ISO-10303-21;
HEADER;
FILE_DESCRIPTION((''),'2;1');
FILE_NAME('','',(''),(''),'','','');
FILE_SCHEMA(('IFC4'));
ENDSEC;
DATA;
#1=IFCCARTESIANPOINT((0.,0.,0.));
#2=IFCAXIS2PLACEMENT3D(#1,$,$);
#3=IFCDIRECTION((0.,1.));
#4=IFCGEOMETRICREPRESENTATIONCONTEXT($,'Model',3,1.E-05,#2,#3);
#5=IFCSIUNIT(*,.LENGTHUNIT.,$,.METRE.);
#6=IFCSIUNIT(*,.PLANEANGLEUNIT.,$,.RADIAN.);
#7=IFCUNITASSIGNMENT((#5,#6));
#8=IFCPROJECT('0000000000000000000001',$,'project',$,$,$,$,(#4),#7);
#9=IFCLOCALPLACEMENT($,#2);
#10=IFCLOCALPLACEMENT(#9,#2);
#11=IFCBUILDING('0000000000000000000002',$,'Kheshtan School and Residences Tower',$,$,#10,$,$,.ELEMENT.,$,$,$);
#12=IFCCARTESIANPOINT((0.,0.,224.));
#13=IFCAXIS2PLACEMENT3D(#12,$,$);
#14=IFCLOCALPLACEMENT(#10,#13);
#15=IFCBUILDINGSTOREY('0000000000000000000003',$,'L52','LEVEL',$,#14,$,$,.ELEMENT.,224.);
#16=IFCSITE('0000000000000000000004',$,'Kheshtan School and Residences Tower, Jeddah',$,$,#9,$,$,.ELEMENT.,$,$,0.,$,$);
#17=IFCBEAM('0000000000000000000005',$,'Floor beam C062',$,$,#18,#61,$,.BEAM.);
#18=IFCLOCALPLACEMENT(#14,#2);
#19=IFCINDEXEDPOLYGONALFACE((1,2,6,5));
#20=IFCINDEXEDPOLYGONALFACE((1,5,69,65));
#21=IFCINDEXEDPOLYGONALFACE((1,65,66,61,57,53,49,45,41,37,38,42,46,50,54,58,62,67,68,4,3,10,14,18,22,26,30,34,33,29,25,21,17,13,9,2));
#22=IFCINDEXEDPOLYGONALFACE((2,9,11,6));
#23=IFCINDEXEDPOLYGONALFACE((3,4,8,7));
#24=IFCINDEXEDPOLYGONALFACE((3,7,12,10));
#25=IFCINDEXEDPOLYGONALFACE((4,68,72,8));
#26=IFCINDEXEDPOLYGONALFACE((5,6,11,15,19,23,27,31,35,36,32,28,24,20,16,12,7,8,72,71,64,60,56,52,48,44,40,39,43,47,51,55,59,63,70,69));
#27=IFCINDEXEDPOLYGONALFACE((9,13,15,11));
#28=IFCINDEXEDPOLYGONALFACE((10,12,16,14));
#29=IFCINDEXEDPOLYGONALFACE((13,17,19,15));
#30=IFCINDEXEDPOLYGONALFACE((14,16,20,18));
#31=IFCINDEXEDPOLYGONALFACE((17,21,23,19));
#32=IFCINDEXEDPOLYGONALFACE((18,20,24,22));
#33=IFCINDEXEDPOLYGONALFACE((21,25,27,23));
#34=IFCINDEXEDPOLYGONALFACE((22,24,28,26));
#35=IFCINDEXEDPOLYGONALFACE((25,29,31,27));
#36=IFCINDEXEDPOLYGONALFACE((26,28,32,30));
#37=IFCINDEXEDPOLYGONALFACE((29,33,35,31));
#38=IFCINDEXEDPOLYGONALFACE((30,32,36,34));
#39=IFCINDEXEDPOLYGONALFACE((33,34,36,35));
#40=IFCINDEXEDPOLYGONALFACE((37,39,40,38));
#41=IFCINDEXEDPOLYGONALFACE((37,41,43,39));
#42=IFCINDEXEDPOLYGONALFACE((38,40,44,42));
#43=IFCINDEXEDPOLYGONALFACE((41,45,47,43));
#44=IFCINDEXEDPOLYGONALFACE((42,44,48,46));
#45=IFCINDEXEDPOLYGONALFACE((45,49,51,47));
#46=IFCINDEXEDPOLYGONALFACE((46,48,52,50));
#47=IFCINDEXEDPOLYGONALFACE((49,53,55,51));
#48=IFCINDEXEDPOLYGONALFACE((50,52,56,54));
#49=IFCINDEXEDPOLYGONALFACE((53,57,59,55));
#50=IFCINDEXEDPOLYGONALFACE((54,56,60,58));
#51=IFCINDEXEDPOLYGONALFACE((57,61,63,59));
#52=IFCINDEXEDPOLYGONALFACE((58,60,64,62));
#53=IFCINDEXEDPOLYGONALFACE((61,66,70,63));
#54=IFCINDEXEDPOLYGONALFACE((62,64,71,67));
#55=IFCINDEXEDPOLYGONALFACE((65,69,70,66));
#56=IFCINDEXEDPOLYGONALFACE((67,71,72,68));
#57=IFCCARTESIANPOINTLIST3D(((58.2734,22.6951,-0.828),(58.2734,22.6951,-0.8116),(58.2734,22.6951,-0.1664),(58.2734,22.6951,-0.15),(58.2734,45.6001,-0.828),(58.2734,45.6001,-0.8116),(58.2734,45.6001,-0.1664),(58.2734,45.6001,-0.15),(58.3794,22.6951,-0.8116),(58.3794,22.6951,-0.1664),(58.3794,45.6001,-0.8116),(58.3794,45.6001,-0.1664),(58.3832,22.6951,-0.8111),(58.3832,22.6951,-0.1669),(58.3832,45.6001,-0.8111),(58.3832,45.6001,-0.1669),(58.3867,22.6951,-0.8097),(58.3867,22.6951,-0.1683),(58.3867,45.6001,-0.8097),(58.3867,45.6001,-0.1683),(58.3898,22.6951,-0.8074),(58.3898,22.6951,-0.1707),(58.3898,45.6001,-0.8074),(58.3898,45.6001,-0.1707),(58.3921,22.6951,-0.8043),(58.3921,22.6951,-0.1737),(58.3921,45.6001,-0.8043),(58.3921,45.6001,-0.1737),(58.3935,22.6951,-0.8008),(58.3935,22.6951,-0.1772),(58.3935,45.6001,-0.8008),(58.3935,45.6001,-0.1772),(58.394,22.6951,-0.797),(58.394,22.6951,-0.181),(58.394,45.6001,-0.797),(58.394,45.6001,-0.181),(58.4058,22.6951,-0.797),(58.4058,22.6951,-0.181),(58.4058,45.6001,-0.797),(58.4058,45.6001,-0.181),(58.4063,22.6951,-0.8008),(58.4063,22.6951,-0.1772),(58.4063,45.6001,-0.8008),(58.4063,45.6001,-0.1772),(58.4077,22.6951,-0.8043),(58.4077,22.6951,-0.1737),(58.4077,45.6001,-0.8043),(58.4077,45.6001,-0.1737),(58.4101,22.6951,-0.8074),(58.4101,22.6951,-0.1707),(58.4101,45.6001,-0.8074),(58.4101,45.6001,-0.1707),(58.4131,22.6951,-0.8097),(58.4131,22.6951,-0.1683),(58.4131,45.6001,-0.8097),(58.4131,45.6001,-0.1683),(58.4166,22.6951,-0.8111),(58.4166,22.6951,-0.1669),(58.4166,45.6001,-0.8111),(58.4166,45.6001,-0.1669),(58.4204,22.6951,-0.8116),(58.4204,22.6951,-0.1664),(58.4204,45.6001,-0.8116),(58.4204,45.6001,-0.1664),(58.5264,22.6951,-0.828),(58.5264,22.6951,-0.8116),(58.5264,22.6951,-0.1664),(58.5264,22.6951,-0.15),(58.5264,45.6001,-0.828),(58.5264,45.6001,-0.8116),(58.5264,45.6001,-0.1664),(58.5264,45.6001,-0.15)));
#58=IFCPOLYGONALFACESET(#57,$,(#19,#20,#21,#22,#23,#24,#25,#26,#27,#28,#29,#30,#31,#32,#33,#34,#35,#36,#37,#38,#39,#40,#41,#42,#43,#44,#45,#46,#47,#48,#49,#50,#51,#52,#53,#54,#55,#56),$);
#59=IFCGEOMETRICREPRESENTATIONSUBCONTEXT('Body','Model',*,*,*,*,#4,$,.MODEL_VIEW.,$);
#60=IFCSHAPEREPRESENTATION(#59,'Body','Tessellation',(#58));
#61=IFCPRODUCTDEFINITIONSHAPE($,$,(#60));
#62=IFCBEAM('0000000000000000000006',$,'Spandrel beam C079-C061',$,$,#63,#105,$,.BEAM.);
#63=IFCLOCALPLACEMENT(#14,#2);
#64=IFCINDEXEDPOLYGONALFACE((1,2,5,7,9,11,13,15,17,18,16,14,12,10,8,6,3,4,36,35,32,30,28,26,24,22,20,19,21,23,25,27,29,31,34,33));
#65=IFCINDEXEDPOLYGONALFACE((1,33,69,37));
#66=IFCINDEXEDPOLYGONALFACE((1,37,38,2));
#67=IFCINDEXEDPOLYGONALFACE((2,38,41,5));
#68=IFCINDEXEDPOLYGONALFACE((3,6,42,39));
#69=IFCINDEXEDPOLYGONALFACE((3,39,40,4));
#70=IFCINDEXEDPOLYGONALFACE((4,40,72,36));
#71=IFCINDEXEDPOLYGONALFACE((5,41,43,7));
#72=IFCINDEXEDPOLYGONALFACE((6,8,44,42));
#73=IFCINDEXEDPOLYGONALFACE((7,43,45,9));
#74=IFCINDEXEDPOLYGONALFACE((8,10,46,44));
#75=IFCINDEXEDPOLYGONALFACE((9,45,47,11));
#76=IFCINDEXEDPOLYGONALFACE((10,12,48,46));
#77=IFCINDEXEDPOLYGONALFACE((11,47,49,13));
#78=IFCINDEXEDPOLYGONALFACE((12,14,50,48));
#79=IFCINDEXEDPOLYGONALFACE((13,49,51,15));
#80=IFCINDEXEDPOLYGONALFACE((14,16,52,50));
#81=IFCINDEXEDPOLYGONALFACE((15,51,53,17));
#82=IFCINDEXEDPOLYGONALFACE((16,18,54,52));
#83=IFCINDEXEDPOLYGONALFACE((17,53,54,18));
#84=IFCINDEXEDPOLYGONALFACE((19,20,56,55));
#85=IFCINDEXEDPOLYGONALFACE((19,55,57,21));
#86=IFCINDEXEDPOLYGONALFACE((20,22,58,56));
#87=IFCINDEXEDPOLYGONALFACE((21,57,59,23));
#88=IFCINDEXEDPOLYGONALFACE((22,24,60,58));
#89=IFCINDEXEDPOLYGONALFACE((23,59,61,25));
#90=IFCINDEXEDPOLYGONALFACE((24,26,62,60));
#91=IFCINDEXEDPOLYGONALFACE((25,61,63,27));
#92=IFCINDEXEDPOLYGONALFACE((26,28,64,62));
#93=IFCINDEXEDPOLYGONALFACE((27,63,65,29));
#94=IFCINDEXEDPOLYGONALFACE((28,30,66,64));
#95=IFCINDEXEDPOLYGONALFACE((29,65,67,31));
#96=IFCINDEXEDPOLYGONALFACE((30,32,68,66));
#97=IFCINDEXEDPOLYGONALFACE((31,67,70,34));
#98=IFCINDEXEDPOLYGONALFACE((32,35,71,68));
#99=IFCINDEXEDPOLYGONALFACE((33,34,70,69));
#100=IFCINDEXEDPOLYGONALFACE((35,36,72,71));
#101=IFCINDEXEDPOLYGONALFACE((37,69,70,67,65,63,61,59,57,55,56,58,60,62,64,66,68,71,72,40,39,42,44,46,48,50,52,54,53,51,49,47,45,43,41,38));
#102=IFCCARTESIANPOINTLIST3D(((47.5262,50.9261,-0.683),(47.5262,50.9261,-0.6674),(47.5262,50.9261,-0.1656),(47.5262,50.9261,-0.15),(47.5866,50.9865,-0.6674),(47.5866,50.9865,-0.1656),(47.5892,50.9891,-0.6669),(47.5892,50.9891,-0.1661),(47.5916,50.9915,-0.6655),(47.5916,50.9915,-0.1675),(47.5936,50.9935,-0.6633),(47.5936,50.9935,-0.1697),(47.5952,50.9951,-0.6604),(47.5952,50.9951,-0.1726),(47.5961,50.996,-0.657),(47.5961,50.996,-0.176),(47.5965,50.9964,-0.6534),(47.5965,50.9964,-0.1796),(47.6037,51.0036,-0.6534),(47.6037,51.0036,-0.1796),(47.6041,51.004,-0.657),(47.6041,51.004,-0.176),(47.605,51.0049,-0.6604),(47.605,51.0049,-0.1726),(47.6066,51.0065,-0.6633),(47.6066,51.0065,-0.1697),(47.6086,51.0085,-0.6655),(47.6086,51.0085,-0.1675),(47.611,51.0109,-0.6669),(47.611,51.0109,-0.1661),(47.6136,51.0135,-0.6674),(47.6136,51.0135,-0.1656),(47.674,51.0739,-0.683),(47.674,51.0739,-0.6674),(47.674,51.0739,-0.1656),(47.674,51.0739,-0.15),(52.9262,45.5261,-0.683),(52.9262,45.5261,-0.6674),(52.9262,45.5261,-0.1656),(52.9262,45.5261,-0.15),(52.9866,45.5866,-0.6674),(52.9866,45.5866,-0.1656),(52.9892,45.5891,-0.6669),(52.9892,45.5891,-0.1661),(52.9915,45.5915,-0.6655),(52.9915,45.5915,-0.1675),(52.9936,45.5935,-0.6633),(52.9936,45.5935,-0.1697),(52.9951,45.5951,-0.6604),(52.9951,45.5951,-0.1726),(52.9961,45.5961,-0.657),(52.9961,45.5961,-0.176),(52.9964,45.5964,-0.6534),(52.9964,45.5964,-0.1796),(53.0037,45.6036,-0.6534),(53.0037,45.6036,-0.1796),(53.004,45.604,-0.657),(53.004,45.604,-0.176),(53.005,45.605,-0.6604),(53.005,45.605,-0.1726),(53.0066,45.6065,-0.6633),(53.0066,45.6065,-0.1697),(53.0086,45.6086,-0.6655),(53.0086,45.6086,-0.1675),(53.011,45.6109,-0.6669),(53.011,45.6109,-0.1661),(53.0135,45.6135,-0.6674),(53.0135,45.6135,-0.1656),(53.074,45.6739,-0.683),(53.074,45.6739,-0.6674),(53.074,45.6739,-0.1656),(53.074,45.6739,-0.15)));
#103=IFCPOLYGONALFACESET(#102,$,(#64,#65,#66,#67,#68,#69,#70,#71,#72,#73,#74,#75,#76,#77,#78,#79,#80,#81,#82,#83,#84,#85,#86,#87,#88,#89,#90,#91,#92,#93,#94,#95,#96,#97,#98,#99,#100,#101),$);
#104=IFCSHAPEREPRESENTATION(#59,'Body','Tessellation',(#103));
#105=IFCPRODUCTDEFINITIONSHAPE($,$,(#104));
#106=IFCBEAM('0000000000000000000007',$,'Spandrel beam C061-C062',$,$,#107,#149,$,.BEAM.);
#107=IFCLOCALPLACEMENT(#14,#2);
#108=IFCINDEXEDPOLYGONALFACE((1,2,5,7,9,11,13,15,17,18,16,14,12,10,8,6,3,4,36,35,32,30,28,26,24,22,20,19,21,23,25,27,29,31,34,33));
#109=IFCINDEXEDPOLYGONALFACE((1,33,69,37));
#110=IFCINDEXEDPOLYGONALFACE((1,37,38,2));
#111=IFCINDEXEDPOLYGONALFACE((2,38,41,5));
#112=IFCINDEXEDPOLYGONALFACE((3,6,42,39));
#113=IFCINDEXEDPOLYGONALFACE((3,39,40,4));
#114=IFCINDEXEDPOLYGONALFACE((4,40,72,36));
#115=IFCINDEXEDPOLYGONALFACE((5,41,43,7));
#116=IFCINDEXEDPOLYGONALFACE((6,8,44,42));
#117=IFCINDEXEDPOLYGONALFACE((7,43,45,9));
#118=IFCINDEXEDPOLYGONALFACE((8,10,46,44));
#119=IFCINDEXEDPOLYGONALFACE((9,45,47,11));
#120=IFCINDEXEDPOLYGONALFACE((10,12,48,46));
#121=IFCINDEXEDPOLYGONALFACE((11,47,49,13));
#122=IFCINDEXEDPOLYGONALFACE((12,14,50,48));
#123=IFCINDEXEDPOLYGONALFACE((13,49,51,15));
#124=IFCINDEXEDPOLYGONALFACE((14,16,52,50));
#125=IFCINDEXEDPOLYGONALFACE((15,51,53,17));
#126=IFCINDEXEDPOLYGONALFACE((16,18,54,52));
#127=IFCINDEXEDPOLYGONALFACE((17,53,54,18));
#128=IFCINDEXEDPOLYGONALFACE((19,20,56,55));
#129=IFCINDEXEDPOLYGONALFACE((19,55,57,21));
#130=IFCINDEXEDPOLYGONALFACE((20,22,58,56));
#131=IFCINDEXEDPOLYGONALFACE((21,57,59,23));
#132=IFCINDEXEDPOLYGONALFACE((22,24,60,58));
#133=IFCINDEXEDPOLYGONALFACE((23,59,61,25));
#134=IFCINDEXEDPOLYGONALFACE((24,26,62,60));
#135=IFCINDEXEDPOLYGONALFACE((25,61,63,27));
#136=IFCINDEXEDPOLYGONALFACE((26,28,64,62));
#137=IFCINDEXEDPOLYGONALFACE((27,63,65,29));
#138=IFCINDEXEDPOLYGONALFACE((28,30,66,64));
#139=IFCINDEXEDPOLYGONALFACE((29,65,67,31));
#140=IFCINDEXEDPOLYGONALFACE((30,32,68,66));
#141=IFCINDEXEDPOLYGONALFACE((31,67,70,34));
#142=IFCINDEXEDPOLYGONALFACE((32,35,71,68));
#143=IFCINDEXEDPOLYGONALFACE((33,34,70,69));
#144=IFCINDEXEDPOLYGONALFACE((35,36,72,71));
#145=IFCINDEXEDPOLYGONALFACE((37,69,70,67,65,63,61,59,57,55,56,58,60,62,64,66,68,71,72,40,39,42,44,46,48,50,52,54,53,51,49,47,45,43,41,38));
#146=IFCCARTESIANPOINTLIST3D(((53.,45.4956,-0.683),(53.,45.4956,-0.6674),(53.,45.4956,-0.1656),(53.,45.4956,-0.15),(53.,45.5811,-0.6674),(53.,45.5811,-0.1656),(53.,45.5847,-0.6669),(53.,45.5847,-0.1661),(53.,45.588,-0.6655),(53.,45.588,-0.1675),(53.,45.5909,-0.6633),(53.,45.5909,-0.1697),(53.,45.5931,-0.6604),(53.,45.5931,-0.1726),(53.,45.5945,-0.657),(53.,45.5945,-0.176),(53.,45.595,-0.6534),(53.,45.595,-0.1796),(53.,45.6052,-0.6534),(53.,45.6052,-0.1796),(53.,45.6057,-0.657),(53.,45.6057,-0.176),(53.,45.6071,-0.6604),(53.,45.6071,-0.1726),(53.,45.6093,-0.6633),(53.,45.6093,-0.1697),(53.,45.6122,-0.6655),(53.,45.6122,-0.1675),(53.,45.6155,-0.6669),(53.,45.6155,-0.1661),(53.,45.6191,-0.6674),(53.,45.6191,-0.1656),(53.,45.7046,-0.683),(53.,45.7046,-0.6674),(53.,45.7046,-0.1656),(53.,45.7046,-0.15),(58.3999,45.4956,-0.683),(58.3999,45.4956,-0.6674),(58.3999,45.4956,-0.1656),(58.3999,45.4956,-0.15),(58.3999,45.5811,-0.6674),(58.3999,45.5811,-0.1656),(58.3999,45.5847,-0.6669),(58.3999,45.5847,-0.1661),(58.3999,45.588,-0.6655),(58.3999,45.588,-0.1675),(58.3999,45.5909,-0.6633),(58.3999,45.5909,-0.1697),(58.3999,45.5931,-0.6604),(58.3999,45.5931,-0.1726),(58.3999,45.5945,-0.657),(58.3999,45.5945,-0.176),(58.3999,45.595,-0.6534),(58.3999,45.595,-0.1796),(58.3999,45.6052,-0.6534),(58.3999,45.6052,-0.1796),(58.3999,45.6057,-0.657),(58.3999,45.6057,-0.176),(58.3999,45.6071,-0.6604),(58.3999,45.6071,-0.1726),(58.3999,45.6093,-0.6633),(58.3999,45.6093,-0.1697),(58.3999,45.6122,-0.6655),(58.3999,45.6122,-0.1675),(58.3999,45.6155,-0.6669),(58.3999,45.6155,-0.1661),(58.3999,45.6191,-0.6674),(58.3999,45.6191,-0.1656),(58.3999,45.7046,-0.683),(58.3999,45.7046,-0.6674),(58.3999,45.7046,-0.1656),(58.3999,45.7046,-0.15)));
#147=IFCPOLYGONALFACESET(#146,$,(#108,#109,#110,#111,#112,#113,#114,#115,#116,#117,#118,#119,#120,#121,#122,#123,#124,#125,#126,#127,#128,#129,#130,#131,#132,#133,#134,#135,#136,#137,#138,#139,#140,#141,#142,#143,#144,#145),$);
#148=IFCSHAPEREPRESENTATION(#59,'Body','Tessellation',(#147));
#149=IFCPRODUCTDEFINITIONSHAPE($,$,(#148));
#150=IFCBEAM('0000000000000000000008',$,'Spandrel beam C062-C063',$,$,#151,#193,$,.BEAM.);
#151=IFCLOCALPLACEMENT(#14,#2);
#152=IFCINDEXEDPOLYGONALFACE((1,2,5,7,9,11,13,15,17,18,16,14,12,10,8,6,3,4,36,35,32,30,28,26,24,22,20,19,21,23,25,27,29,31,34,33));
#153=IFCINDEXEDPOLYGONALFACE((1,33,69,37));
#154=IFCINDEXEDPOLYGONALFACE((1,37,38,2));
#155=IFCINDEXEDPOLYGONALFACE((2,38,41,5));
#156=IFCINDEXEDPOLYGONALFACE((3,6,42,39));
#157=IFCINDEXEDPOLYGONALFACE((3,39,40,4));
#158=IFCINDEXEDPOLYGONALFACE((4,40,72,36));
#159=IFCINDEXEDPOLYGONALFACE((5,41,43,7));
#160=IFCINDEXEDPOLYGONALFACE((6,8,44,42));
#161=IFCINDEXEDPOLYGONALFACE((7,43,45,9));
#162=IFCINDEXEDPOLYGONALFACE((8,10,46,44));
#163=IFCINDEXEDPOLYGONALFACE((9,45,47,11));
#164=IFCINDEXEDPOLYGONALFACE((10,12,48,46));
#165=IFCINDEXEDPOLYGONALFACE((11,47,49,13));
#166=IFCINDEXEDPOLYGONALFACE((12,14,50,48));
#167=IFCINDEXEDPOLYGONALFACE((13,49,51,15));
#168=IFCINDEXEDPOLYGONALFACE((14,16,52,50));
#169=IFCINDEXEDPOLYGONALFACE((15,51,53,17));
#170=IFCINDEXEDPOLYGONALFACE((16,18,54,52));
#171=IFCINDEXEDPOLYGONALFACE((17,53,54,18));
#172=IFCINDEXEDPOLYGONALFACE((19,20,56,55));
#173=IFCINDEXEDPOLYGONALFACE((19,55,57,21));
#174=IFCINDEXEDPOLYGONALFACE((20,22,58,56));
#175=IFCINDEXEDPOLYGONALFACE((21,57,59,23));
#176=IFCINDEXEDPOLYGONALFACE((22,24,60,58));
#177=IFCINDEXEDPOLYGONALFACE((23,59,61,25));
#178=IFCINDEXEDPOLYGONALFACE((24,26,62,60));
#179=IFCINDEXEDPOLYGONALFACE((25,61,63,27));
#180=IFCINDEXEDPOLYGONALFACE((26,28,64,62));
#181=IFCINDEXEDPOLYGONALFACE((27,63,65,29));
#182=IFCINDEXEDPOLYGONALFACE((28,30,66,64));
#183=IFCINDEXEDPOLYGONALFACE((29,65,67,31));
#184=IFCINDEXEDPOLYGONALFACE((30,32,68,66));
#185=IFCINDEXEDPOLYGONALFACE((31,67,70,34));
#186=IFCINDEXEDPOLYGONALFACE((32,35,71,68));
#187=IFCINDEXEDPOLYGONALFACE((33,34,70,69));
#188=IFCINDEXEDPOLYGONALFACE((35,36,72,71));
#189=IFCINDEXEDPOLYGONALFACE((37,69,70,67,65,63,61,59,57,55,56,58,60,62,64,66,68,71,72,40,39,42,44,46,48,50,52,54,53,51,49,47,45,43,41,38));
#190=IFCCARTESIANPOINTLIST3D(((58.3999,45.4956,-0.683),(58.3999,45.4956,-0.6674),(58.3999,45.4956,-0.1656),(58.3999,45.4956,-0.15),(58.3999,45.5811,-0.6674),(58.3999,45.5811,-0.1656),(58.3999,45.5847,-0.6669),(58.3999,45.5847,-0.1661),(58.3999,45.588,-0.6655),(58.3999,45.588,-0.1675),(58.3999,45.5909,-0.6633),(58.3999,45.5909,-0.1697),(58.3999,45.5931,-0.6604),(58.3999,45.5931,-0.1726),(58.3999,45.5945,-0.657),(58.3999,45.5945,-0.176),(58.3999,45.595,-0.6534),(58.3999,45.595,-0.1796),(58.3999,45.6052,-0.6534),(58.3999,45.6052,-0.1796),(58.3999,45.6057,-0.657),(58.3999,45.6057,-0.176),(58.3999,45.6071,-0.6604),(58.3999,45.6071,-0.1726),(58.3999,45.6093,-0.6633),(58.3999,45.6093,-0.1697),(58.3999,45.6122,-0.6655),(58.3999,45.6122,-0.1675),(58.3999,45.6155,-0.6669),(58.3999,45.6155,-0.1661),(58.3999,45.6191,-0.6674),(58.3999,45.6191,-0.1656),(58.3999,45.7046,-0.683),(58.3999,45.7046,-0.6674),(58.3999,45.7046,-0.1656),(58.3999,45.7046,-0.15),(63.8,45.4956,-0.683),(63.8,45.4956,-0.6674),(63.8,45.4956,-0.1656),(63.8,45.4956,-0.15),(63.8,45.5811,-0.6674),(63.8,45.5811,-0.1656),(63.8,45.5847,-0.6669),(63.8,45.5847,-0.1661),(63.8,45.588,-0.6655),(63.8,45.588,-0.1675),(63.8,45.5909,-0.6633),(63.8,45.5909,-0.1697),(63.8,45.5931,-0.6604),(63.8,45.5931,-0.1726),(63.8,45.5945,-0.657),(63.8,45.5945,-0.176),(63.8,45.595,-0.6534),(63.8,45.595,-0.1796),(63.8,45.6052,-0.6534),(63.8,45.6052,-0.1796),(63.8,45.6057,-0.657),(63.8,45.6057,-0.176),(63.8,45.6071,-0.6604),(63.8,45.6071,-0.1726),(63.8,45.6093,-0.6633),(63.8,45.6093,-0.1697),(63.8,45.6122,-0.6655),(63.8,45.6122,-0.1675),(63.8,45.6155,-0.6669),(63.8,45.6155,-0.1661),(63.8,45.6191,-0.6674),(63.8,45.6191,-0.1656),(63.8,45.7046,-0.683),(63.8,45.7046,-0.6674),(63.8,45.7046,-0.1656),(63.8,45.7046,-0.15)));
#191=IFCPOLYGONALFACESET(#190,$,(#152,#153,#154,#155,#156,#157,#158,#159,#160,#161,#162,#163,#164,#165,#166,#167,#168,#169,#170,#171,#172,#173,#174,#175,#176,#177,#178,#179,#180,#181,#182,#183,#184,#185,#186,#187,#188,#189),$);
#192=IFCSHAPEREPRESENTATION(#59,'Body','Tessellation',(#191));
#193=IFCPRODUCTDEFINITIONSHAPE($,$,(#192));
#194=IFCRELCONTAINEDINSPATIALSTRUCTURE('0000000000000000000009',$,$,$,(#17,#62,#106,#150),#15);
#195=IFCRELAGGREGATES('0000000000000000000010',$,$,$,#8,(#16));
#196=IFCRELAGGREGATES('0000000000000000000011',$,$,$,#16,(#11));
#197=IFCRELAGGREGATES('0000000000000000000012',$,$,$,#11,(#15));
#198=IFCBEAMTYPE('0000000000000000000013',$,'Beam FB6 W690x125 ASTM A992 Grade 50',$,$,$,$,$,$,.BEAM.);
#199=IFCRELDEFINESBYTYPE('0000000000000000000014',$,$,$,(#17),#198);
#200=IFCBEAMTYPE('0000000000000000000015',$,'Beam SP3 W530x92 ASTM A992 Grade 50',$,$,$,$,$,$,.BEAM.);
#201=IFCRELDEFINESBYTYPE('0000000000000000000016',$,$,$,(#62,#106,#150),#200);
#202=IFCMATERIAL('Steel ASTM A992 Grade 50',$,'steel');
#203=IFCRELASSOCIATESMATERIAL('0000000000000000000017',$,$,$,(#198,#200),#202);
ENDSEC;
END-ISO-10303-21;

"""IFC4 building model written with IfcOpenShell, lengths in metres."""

from ifc_helpers import new_model, si_unit, direction, frame, origin, origin_2d, place, context, subcontext, project, spatial, i_section, extrude, material, material_profile, profile_set, type_object, element, save


model = new_model("IFC4")

# Units and contexts
model_context = context("Model", 3, precision=1e-05, world=origin(), true_north=direction((0.0, 1.0)))
body_context = subcontext(model_context, "Body", "Model", "MODEL_VIEW")
ifc_project = project(units=[si_unit("LENGTHUNIT", "METRE"), si_unit("PLANEANGLEUNIT", "RADIAN")], contexts=[model_context])

# Site, building, storey
site_placement = place(None, origin())
site = spatial("IfcSite", under=ifc_project, at=site_placement, Name="Kheshtan School and Residences Tower, Jeddah", CompositionType="ELEMENT", RefElevation=0.0)
building_placement = place(site_placement, origin())
building = spatial("IfcBuilding", under=site, at=building_placement, Name="Kheshtan School and Residences Tower", CompositionType="ELEMENT")
storey_placement = place(building_placement, frame((0.0, 0.0, 224.0)))
storey = spatial("IfcBuildingStorey", under=building, at=storey_placement, Name="L52", Description="LEVEL", CompositionType="ELEMENT", Elevation=224.0)

# Shared definitions
ifc_material_1 = material(Name="Steel ASTM A992 Grade 50", Category="steel")

# Beams
ifc_material_profile_1 = material_profile(ifc_material_1, i_section(OverallWidth=0.2529, OverallDepth=0.678, WebThickness=0.0117, FlangeThickness=0.0164, FilletRadius=0.0146, at=origin_2d()), Name="W690x125")
ifc_profile_set_1 = profile_set([ifc_material_profile_1], Name="Steel ASTM A992 Grade 50")
beam_type_1 = type_object("IfcBeamType", Name="Beam FB6 W690x125 ASTM A992 Grade 50", PredefinedType="BEAM", material=ifc_profile_set_1)
beam_1_placement = place(storey_placement, frame((58.3999, 45.6001, -0.489), z_axis=(0.0, -1.0, 0.0), x_axis=(1.0, 0.0, 0.0)))
element("IfcBeam", 1, at=beam_1_placement, inside=storey, type_object=beam_type_1, Name="Floor beam C062", PredefinedType="BEAM", context=body_context, shape_type="SweptSolid", body=[
    extrude(i_section(OverallWidth=0.2529, OverallDepth=0.678, WebThickness=0.0117, FlangeThickness=0.0164, FilletRadius=0.0146, at=origin_2d()), origin(), (0.0, 0.0, 1.0), 22.905),
])
ifc_material_profile_2 = material_profile(ifc_material_1, i_section(OverallWidth=0.209, OverallDepth=0.533, WebThickness=0.0103, FlangeThickness=0.0156, FilletRadius=0.0139, at=origin_2d()), Name="W530x92")
ifc_profile_set_2 = profile_set([ifc_material_profile_2], Name="Steel ASTM A992 Grade 50")
beam_type_2 = type_object("IfcBeamType", Name="Beam SP3 W530x92 ASTM A992 Grade 50", PredefinedType="BEAM", material=ifc_profile_set_2)
beam_2_placement = place(storey_placement, frame((47.6001, 51.0, -0.4165), z_axis=(0.707107, -0.707107, 0.0), x_axis=(0.707107, 0.707107, 0.0)))
element("IfcBeam", 2, at=beam_2_placement, inside=storey, type_object=beam_type_2, Name="Spandrel beam C079-C061", PredefinedType="BEAM", context=body_context, shape_type="SweptSolid", body=[
    extrude(i_section(OverallWidth=0.209, OverallDepth=0.533, WebThickness=0.0103, FlangeThickness=0.0156, FilletRadius=0.0139, at=origin_2d()), origin(), (0.0, 0.0, 1.0), 7.6367),
])
beam_3_placement = place(storey_placement, frame((53.0, 45.6001, -0.4165), z_axis=(1.0, 0.0, 0.0), x_axis=(0.0, 1.0, 0.0)))
element("IfcBeam", 3, at=beam_3_placement, inside=storey, type_object=beam_type_2, Name="Spandrel beam C061-C062", PredefinedType="BEAM", context=body_context, shape_type="SweptSolid", body=[
    extrude(i_section(OverallWidth=0.209, OverallDepth=0.533, WebThickness=0.0103, FlangeThickness=0.0156, FilletRadius=0.0139, at=origin_2d()), origin(), (0.0, 0.0, 1.0), 5.3999),
])
beam_4_placement = place(storey_placement, frame((58.3999, 45.6001, -0.4165), z_axis=(1.0, 0.0, 0.0), x_axis=(0.0, 1.0, 0.0)))
element("IfcBeam", 4, at=beam_4_placement, inside=storey, type_object=beam_type_2, Name="Spandrel beam C062-C063", PredefinedType="BEAM", context=body_context, shape_type="SweptSolid", body=[
    extrude(i_section(OverallWidth=0.209, OverallDepth=0.533, WebThickness=0.0103, FlangeThickness=0.0156, FilletRadius=0.0139, at=origin_2d()), origin(), (0.0, 0.0, 1.0), 5.4001),
])

save(model, "model.ifc")
